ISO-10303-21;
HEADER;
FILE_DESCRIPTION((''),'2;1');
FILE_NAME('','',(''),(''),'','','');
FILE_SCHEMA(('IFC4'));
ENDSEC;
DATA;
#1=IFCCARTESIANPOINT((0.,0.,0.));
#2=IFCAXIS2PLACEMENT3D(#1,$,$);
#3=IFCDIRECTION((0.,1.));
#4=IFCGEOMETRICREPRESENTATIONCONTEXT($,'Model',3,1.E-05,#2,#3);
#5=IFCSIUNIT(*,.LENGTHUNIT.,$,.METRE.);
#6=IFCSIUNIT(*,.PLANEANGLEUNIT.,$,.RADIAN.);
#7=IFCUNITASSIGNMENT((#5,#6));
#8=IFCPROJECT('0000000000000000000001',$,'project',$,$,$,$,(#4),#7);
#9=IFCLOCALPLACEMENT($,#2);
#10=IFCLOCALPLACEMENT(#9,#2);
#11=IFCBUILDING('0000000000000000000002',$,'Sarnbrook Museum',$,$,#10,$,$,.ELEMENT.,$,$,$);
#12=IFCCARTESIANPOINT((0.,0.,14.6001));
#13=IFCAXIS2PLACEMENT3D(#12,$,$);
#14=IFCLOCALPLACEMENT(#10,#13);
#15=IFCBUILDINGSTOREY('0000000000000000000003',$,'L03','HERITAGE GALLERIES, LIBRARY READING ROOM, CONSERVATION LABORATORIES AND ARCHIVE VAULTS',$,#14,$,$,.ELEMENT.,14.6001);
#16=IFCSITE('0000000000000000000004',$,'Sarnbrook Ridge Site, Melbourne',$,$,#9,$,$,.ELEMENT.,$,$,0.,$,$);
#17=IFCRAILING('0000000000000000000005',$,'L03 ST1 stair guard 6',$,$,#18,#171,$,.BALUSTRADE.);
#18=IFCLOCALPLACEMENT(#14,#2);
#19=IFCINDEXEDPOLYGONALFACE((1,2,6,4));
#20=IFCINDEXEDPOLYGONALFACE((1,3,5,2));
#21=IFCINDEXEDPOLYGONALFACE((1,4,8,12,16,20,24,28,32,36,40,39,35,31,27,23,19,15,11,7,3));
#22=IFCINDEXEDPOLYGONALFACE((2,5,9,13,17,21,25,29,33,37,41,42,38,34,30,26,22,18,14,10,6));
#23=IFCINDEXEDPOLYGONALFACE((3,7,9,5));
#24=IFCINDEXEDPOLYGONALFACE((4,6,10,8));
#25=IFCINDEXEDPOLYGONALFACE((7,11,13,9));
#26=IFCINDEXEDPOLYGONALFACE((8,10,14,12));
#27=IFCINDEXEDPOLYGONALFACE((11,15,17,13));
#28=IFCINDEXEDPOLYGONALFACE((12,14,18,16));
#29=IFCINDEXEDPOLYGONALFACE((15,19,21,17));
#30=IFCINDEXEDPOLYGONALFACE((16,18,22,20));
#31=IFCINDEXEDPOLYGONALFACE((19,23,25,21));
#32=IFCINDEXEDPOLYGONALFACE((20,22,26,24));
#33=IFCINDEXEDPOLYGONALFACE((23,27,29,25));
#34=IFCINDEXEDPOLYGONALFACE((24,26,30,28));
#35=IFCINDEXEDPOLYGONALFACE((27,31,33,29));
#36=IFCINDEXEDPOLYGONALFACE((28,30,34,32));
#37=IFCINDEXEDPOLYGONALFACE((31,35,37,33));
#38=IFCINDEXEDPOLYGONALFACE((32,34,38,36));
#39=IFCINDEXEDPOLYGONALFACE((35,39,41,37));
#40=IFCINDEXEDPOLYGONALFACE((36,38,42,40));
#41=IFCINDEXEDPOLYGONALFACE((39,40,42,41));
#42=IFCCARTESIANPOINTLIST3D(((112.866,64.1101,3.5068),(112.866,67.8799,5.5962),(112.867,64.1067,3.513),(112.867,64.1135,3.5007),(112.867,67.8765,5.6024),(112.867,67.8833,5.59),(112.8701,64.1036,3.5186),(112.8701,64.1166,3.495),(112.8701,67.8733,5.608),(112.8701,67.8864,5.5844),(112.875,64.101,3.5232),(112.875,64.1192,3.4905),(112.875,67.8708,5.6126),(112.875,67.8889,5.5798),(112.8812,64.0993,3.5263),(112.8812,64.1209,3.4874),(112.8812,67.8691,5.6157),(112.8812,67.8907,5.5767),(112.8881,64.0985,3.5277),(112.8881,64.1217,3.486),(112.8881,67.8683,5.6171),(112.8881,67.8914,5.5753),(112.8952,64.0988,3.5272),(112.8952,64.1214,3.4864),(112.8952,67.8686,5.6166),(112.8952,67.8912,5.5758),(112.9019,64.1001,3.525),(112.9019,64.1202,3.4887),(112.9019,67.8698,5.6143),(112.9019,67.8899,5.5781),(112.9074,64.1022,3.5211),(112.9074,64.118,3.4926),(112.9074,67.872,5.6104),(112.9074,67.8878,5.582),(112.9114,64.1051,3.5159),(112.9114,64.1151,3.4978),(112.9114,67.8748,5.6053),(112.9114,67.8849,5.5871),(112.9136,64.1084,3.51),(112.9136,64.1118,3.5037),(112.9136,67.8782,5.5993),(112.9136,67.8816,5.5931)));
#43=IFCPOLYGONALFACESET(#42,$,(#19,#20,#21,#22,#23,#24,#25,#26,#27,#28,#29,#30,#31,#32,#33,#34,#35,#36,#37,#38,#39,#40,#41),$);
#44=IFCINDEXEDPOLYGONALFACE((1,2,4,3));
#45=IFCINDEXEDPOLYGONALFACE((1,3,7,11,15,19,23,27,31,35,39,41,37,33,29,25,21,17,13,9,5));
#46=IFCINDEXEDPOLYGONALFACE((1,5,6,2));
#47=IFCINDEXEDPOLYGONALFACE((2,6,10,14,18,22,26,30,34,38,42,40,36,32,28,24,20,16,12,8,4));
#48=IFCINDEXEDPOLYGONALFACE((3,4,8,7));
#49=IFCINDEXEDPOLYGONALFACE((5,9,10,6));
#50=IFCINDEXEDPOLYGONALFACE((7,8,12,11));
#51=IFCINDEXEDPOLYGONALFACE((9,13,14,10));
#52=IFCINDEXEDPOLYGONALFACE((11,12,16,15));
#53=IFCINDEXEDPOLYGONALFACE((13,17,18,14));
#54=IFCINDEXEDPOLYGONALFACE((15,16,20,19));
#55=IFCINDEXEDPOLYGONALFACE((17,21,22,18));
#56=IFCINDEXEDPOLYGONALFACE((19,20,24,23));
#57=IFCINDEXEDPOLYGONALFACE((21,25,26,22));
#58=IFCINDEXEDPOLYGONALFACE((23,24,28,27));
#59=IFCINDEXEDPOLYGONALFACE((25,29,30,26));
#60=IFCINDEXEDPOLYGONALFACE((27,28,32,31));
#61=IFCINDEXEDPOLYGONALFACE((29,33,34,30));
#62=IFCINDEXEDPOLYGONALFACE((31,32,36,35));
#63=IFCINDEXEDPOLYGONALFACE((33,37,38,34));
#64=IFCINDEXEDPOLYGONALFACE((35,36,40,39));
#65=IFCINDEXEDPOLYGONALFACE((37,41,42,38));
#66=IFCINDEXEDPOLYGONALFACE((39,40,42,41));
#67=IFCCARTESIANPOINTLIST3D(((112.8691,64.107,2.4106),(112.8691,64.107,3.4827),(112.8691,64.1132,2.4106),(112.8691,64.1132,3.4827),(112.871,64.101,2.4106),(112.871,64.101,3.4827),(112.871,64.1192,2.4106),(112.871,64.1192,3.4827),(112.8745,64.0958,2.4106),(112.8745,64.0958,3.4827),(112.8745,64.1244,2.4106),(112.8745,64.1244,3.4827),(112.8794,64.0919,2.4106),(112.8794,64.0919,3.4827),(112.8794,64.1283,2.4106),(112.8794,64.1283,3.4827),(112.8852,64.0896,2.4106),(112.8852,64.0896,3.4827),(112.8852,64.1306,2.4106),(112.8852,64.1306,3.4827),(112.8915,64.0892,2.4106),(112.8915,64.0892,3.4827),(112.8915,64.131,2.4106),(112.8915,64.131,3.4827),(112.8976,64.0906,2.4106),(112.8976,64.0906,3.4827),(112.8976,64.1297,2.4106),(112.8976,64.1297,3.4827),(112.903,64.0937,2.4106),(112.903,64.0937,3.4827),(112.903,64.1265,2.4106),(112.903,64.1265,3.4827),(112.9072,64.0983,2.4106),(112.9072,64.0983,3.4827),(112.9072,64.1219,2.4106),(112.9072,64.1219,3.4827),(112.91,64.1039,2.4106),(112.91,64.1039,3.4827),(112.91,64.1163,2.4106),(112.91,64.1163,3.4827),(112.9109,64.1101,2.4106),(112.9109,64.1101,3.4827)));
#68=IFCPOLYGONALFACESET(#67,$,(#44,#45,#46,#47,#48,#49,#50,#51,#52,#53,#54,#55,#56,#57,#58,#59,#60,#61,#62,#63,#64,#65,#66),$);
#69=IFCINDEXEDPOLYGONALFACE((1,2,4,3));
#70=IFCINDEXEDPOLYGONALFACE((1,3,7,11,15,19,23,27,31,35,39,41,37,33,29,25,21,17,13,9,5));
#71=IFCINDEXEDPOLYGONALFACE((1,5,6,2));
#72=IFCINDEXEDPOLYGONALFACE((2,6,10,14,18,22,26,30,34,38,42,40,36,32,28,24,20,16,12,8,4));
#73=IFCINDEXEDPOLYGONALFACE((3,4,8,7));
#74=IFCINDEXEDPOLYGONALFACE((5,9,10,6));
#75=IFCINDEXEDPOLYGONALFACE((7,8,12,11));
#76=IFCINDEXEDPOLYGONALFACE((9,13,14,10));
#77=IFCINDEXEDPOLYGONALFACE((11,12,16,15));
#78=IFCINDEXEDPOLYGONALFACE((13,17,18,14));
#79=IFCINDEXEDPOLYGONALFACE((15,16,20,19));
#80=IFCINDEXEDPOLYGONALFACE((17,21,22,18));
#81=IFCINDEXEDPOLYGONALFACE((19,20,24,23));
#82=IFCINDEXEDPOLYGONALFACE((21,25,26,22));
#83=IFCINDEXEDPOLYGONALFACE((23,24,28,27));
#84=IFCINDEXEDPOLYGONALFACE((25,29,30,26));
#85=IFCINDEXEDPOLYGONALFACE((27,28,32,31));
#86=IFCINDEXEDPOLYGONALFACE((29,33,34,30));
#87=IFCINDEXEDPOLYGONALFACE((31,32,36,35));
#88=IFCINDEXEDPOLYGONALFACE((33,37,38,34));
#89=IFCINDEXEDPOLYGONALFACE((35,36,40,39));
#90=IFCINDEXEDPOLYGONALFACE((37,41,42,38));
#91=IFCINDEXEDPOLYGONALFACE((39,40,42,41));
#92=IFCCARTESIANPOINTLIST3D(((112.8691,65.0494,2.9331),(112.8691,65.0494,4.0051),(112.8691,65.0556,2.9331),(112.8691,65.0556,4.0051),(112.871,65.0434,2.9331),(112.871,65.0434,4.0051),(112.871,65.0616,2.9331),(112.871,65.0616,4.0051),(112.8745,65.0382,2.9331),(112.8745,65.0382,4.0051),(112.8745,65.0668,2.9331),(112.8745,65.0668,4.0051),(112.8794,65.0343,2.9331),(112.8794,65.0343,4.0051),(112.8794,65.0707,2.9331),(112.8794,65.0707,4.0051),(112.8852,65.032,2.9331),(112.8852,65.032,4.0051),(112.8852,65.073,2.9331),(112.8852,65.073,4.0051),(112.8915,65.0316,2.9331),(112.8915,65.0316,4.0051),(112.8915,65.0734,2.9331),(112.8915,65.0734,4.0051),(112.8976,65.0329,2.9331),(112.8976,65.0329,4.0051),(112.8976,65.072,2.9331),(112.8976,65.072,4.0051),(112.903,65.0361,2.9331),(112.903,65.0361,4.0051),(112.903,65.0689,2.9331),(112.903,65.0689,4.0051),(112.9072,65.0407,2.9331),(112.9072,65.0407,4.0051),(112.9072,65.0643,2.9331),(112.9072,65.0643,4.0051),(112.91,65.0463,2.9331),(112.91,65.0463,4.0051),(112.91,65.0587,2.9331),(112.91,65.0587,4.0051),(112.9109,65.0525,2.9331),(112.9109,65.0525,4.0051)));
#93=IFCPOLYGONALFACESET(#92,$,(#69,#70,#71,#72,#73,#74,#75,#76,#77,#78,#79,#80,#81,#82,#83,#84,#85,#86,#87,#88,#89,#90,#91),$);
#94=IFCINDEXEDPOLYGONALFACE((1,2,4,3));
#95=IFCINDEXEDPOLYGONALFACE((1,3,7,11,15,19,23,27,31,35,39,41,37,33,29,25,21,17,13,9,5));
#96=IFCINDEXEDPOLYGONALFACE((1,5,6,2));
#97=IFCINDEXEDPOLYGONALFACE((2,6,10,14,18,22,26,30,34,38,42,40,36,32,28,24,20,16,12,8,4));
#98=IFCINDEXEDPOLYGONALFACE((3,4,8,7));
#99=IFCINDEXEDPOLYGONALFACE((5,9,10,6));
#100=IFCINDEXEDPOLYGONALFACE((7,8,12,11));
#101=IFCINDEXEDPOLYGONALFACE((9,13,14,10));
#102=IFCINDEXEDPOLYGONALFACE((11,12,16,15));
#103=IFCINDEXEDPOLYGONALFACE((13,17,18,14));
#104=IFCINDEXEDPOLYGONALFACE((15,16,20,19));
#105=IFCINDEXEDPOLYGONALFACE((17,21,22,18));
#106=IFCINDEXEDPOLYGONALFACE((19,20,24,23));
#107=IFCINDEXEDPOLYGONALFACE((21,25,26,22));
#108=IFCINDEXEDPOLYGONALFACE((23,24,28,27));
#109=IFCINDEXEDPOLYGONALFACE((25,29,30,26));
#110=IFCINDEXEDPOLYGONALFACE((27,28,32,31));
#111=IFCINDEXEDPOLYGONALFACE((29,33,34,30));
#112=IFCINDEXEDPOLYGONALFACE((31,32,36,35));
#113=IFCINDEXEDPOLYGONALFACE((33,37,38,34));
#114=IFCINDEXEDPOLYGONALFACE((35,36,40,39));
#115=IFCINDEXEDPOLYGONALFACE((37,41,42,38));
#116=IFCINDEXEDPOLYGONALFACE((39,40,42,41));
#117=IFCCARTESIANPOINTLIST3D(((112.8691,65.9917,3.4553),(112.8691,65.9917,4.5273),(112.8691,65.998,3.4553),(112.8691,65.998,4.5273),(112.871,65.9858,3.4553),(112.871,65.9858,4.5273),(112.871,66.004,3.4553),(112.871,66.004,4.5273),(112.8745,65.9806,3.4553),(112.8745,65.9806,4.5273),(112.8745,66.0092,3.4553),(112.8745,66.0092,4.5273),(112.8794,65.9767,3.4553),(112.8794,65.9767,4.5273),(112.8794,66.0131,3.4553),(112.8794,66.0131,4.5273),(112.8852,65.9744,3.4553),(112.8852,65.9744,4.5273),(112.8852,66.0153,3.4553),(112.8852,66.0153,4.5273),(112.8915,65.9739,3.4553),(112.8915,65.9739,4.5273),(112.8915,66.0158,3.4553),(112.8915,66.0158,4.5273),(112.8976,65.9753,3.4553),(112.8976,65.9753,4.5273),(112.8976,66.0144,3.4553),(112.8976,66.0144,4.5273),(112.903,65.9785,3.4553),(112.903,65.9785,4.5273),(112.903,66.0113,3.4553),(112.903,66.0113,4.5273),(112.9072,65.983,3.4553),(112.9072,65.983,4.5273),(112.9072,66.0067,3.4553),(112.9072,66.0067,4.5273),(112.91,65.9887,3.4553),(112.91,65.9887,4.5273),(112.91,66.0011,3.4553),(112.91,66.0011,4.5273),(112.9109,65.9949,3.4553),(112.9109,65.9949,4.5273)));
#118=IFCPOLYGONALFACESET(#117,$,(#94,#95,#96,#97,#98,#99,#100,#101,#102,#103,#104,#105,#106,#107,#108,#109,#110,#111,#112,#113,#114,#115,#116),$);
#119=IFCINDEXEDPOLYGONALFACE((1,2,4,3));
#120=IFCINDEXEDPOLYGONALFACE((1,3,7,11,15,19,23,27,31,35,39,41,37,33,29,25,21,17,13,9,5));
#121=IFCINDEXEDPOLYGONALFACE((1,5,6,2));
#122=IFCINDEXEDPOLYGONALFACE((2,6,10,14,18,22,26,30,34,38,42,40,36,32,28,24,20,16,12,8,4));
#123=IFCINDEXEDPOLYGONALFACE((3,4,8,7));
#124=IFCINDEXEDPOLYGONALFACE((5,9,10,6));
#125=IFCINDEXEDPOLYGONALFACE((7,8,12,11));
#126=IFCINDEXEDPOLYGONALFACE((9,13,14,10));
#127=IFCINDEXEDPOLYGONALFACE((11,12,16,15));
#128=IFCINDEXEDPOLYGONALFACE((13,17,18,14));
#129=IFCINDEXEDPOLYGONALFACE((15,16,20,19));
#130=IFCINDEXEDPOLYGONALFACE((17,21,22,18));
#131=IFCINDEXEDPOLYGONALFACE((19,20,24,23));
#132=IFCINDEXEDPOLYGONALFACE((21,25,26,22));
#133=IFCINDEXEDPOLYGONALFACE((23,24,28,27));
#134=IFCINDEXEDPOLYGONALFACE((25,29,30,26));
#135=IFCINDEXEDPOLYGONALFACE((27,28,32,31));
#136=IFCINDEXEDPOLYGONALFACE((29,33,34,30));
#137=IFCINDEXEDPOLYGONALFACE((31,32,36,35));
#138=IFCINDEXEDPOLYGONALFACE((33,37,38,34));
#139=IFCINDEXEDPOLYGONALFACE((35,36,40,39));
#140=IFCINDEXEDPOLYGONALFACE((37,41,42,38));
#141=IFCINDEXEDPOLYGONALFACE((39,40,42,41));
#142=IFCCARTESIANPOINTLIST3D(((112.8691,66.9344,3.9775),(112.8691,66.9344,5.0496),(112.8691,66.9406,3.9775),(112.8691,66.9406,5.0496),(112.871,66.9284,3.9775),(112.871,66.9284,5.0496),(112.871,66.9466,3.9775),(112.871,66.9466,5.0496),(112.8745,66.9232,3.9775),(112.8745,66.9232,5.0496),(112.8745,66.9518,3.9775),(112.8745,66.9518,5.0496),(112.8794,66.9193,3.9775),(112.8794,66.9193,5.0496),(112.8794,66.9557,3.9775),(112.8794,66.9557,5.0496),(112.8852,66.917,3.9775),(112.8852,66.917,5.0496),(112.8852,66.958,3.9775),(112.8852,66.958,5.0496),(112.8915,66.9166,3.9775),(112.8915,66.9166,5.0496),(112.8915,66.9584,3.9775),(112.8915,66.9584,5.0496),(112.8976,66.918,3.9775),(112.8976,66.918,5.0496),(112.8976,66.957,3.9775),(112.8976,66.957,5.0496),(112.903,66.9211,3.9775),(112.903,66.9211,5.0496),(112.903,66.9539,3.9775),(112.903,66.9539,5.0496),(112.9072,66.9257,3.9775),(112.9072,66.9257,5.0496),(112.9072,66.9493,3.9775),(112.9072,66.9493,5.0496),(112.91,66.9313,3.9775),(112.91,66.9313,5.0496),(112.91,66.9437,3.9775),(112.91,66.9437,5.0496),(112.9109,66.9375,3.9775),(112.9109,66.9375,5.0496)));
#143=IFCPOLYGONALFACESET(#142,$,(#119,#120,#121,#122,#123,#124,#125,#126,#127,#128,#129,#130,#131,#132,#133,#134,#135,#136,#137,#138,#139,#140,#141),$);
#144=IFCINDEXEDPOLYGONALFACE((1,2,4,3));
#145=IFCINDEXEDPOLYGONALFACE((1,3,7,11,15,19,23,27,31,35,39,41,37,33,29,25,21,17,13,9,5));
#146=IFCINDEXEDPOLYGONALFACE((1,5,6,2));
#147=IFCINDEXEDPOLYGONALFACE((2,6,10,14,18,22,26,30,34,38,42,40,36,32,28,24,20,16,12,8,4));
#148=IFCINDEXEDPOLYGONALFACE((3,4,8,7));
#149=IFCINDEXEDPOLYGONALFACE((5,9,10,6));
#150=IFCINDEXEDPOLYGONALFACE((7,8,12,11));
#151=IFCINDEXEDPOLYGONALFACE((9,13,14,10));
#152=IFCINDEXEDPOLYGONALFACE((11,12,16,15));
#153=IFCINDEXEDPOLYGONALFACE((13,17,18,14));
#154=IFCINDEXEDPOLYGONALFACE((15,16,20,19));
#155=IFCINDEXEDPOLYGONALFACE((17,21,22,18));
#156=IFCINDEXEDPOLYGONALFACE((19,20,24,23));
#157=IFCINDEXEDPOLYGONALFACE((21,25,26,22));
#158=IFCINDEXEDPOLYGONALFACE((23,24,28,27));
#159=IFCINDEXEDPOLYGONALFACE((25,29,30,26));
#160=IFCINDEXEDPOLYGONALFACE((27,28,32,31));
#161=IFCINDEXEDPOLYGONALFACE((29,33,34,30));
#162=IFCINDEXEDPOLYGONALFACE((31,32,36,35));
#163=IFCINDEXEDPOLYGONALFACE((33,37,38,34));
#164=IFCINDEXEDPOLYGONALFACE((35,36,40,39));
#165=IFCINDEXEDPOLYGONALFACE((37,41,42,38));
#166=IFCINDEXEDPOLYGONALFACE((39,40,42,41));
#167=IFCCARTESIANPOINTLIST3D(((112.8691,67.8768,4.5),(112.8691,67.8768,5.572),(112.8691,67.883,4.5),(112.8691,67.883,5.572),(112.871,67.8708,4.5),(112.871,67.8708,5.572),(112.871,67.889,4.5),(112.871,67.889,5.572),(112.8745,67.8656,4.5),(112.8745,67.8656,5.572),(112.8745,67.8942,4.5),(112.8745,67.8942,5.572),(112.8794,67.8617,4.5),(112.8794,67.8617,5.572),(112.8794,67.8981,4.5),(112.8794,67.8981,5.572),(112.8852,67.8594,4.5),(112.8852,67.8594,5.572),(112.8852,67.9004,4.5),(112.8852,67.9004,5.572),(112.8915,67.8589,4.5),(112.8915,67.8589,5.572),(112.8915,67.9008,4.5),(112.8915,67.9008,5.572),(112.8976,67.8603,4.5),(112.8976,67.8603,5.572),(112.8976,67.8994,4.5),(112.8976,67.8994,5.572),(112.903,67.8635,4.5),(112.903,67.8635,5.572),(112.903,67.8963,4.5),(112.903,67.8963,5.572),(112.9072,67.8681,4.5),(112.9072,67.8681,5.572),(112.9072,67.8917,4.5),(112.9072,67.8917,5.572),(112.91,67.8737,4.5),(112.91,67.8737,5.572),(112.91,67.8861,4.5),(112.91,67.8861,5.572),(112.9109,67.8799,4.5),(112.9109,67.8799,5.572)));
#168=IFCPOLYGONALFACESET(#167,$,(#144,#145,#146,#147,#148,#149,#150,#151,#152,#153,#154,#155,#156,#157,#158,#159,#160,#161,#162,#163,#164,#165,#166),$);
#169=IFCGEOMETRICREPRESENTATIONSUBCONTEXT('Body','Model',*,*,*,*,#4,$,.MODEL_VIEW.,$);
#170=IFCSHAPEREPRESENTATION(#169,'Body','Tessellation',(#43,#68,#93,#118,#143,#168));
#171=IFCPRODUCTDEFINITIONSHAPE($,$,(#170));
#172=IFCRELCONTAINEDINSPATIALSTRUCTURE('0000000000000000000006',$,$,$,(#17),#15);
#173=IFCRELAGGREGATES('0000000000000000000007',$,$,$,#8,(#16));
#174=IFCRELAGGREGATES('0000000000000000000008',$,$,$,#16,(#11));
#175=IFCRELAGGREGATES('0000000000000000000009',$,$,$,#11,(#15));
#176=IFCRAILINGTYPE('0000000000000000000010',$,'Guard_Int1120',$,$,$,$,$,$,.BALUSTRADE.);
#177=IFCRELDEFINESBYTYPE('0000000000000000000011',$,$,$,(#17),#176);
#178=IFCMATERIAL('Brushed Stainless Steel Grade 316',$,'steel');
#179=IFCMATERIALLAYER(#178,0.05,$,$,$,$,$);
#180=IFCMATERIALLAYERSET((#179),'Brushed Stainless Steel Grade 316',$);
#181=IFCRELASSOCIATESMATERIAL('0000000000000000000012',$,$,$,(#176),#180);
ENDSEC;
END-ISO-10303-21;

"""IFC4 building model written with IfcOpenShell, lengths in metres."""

from ifc_helpers import new_model, si_unit, direction, frame, origin, origin_2d, place, context, subcontext, project, spatial, circle, extrude, material, layer, layer_set, type_object, element, save


model = new_model("IFC4")

# Units and contexts
model_context = context("Model", 3, precision=1e-05, world=origin(), true_north=direction((0.0, 1.0)))
body_context = subcontext(model_context, "Body", "Model", "MODEL_VIEW")
ifc_project = project(units=[si_unit("LENGTHUNIT", "METRE"), si_unit("PLANEANGLEUNIT", "RADIAN")], contexts=[model_context])

# Site, building, storey
site_placement = place(None, origin())
site = spatial("IfcSite", under=ifc_project, at=site_placement, Name="Sarnbrook Ridge Site, Melbourne", CompositionType="ELEMENT", RefElevation=0.0)
building_placement = place(site_placement, origin())
building = spatial("IfcBuilding", under=site, at=building_placement, Name="Sarnbrook Museum", CompositionType="ELEMENT")
storey_placement = place(building_placement, frame((0.0, 0.0, 14.6001)))
storey = spatial("IfcBuildingStorey", under=building, at=storey_placement, Name="L03", Description="HERITAGE GALLERIES, LIBRARY READING ROOM, CONSERVATION LABORATORIES AND ARCHIVE VAULTS", CompositionType="ELEMENT", Elevation=14.6001)

# Shared definitions
ifc_material_1 = material(Name="Brushed Stainless Steel Grade 316", Category="steel")

# Railing
ifc_layer_1 = layer(ifc_material_1, 0.05)
ifc_layer_set_1 = layer_set([ifc_layer_1], Name="Brushed Stainless Steel Grade 316")
railing_type = type_object("IfcRailingType", Name="Guard_Int1120", PredefinedType="BALUSTRADE", material=ifc_layer_set_1)
railing_1_placement = place(storey_placement, frame((112.8899, 64.1101, 2.4106)))
element("IfcRailing", 1, at=railing_1_placement, inside=storey, type_object=railing_type, Name="L03 ST1 stair guard 6", PredefinedType="BALUSTRADE", context=body_context, shape_type="SweptSolid", body=[
    extrude(circle(Radius=0.0239, at=origin_2d()), frame((0.0, 0.0, 1.0962), z_axis=(0.0, 0.874646, 0.484763), x_axis=(-1.0, 0.0, 0.0)), (0.0, 0.0, 1.0), 4.3101),
    extrude(circle(Radius=0.021, at=origin_2d()), origin(), (0.0, 0.0, 1.0), 1.072),
    extrude(circle(Radius=0.021, at=origin_2d()), frame((0.0, 0.9424, 0.5225)), (0.0, 0.0, 1.0), 1.072),
    extrude(circle(Radius=0.021, at=origin_2d()), frame((0.0, 1.8848, 1.0447)), (0.0, 0.0, 1.0), 1.072),
    extrude(circle(Radius=0.021, at=origin_2d()), frame((0.0, 2.8274, 1.5669)), (0.0, 0.0, 1.0), 1.072),
    extrude(circle(Radius=0.021, at=origin_2d()), frame((0.0, 3.7698, 2.0894)), (0.0, 0.0, 1.0), 1.072),
])

save(model, "model.ifc")
